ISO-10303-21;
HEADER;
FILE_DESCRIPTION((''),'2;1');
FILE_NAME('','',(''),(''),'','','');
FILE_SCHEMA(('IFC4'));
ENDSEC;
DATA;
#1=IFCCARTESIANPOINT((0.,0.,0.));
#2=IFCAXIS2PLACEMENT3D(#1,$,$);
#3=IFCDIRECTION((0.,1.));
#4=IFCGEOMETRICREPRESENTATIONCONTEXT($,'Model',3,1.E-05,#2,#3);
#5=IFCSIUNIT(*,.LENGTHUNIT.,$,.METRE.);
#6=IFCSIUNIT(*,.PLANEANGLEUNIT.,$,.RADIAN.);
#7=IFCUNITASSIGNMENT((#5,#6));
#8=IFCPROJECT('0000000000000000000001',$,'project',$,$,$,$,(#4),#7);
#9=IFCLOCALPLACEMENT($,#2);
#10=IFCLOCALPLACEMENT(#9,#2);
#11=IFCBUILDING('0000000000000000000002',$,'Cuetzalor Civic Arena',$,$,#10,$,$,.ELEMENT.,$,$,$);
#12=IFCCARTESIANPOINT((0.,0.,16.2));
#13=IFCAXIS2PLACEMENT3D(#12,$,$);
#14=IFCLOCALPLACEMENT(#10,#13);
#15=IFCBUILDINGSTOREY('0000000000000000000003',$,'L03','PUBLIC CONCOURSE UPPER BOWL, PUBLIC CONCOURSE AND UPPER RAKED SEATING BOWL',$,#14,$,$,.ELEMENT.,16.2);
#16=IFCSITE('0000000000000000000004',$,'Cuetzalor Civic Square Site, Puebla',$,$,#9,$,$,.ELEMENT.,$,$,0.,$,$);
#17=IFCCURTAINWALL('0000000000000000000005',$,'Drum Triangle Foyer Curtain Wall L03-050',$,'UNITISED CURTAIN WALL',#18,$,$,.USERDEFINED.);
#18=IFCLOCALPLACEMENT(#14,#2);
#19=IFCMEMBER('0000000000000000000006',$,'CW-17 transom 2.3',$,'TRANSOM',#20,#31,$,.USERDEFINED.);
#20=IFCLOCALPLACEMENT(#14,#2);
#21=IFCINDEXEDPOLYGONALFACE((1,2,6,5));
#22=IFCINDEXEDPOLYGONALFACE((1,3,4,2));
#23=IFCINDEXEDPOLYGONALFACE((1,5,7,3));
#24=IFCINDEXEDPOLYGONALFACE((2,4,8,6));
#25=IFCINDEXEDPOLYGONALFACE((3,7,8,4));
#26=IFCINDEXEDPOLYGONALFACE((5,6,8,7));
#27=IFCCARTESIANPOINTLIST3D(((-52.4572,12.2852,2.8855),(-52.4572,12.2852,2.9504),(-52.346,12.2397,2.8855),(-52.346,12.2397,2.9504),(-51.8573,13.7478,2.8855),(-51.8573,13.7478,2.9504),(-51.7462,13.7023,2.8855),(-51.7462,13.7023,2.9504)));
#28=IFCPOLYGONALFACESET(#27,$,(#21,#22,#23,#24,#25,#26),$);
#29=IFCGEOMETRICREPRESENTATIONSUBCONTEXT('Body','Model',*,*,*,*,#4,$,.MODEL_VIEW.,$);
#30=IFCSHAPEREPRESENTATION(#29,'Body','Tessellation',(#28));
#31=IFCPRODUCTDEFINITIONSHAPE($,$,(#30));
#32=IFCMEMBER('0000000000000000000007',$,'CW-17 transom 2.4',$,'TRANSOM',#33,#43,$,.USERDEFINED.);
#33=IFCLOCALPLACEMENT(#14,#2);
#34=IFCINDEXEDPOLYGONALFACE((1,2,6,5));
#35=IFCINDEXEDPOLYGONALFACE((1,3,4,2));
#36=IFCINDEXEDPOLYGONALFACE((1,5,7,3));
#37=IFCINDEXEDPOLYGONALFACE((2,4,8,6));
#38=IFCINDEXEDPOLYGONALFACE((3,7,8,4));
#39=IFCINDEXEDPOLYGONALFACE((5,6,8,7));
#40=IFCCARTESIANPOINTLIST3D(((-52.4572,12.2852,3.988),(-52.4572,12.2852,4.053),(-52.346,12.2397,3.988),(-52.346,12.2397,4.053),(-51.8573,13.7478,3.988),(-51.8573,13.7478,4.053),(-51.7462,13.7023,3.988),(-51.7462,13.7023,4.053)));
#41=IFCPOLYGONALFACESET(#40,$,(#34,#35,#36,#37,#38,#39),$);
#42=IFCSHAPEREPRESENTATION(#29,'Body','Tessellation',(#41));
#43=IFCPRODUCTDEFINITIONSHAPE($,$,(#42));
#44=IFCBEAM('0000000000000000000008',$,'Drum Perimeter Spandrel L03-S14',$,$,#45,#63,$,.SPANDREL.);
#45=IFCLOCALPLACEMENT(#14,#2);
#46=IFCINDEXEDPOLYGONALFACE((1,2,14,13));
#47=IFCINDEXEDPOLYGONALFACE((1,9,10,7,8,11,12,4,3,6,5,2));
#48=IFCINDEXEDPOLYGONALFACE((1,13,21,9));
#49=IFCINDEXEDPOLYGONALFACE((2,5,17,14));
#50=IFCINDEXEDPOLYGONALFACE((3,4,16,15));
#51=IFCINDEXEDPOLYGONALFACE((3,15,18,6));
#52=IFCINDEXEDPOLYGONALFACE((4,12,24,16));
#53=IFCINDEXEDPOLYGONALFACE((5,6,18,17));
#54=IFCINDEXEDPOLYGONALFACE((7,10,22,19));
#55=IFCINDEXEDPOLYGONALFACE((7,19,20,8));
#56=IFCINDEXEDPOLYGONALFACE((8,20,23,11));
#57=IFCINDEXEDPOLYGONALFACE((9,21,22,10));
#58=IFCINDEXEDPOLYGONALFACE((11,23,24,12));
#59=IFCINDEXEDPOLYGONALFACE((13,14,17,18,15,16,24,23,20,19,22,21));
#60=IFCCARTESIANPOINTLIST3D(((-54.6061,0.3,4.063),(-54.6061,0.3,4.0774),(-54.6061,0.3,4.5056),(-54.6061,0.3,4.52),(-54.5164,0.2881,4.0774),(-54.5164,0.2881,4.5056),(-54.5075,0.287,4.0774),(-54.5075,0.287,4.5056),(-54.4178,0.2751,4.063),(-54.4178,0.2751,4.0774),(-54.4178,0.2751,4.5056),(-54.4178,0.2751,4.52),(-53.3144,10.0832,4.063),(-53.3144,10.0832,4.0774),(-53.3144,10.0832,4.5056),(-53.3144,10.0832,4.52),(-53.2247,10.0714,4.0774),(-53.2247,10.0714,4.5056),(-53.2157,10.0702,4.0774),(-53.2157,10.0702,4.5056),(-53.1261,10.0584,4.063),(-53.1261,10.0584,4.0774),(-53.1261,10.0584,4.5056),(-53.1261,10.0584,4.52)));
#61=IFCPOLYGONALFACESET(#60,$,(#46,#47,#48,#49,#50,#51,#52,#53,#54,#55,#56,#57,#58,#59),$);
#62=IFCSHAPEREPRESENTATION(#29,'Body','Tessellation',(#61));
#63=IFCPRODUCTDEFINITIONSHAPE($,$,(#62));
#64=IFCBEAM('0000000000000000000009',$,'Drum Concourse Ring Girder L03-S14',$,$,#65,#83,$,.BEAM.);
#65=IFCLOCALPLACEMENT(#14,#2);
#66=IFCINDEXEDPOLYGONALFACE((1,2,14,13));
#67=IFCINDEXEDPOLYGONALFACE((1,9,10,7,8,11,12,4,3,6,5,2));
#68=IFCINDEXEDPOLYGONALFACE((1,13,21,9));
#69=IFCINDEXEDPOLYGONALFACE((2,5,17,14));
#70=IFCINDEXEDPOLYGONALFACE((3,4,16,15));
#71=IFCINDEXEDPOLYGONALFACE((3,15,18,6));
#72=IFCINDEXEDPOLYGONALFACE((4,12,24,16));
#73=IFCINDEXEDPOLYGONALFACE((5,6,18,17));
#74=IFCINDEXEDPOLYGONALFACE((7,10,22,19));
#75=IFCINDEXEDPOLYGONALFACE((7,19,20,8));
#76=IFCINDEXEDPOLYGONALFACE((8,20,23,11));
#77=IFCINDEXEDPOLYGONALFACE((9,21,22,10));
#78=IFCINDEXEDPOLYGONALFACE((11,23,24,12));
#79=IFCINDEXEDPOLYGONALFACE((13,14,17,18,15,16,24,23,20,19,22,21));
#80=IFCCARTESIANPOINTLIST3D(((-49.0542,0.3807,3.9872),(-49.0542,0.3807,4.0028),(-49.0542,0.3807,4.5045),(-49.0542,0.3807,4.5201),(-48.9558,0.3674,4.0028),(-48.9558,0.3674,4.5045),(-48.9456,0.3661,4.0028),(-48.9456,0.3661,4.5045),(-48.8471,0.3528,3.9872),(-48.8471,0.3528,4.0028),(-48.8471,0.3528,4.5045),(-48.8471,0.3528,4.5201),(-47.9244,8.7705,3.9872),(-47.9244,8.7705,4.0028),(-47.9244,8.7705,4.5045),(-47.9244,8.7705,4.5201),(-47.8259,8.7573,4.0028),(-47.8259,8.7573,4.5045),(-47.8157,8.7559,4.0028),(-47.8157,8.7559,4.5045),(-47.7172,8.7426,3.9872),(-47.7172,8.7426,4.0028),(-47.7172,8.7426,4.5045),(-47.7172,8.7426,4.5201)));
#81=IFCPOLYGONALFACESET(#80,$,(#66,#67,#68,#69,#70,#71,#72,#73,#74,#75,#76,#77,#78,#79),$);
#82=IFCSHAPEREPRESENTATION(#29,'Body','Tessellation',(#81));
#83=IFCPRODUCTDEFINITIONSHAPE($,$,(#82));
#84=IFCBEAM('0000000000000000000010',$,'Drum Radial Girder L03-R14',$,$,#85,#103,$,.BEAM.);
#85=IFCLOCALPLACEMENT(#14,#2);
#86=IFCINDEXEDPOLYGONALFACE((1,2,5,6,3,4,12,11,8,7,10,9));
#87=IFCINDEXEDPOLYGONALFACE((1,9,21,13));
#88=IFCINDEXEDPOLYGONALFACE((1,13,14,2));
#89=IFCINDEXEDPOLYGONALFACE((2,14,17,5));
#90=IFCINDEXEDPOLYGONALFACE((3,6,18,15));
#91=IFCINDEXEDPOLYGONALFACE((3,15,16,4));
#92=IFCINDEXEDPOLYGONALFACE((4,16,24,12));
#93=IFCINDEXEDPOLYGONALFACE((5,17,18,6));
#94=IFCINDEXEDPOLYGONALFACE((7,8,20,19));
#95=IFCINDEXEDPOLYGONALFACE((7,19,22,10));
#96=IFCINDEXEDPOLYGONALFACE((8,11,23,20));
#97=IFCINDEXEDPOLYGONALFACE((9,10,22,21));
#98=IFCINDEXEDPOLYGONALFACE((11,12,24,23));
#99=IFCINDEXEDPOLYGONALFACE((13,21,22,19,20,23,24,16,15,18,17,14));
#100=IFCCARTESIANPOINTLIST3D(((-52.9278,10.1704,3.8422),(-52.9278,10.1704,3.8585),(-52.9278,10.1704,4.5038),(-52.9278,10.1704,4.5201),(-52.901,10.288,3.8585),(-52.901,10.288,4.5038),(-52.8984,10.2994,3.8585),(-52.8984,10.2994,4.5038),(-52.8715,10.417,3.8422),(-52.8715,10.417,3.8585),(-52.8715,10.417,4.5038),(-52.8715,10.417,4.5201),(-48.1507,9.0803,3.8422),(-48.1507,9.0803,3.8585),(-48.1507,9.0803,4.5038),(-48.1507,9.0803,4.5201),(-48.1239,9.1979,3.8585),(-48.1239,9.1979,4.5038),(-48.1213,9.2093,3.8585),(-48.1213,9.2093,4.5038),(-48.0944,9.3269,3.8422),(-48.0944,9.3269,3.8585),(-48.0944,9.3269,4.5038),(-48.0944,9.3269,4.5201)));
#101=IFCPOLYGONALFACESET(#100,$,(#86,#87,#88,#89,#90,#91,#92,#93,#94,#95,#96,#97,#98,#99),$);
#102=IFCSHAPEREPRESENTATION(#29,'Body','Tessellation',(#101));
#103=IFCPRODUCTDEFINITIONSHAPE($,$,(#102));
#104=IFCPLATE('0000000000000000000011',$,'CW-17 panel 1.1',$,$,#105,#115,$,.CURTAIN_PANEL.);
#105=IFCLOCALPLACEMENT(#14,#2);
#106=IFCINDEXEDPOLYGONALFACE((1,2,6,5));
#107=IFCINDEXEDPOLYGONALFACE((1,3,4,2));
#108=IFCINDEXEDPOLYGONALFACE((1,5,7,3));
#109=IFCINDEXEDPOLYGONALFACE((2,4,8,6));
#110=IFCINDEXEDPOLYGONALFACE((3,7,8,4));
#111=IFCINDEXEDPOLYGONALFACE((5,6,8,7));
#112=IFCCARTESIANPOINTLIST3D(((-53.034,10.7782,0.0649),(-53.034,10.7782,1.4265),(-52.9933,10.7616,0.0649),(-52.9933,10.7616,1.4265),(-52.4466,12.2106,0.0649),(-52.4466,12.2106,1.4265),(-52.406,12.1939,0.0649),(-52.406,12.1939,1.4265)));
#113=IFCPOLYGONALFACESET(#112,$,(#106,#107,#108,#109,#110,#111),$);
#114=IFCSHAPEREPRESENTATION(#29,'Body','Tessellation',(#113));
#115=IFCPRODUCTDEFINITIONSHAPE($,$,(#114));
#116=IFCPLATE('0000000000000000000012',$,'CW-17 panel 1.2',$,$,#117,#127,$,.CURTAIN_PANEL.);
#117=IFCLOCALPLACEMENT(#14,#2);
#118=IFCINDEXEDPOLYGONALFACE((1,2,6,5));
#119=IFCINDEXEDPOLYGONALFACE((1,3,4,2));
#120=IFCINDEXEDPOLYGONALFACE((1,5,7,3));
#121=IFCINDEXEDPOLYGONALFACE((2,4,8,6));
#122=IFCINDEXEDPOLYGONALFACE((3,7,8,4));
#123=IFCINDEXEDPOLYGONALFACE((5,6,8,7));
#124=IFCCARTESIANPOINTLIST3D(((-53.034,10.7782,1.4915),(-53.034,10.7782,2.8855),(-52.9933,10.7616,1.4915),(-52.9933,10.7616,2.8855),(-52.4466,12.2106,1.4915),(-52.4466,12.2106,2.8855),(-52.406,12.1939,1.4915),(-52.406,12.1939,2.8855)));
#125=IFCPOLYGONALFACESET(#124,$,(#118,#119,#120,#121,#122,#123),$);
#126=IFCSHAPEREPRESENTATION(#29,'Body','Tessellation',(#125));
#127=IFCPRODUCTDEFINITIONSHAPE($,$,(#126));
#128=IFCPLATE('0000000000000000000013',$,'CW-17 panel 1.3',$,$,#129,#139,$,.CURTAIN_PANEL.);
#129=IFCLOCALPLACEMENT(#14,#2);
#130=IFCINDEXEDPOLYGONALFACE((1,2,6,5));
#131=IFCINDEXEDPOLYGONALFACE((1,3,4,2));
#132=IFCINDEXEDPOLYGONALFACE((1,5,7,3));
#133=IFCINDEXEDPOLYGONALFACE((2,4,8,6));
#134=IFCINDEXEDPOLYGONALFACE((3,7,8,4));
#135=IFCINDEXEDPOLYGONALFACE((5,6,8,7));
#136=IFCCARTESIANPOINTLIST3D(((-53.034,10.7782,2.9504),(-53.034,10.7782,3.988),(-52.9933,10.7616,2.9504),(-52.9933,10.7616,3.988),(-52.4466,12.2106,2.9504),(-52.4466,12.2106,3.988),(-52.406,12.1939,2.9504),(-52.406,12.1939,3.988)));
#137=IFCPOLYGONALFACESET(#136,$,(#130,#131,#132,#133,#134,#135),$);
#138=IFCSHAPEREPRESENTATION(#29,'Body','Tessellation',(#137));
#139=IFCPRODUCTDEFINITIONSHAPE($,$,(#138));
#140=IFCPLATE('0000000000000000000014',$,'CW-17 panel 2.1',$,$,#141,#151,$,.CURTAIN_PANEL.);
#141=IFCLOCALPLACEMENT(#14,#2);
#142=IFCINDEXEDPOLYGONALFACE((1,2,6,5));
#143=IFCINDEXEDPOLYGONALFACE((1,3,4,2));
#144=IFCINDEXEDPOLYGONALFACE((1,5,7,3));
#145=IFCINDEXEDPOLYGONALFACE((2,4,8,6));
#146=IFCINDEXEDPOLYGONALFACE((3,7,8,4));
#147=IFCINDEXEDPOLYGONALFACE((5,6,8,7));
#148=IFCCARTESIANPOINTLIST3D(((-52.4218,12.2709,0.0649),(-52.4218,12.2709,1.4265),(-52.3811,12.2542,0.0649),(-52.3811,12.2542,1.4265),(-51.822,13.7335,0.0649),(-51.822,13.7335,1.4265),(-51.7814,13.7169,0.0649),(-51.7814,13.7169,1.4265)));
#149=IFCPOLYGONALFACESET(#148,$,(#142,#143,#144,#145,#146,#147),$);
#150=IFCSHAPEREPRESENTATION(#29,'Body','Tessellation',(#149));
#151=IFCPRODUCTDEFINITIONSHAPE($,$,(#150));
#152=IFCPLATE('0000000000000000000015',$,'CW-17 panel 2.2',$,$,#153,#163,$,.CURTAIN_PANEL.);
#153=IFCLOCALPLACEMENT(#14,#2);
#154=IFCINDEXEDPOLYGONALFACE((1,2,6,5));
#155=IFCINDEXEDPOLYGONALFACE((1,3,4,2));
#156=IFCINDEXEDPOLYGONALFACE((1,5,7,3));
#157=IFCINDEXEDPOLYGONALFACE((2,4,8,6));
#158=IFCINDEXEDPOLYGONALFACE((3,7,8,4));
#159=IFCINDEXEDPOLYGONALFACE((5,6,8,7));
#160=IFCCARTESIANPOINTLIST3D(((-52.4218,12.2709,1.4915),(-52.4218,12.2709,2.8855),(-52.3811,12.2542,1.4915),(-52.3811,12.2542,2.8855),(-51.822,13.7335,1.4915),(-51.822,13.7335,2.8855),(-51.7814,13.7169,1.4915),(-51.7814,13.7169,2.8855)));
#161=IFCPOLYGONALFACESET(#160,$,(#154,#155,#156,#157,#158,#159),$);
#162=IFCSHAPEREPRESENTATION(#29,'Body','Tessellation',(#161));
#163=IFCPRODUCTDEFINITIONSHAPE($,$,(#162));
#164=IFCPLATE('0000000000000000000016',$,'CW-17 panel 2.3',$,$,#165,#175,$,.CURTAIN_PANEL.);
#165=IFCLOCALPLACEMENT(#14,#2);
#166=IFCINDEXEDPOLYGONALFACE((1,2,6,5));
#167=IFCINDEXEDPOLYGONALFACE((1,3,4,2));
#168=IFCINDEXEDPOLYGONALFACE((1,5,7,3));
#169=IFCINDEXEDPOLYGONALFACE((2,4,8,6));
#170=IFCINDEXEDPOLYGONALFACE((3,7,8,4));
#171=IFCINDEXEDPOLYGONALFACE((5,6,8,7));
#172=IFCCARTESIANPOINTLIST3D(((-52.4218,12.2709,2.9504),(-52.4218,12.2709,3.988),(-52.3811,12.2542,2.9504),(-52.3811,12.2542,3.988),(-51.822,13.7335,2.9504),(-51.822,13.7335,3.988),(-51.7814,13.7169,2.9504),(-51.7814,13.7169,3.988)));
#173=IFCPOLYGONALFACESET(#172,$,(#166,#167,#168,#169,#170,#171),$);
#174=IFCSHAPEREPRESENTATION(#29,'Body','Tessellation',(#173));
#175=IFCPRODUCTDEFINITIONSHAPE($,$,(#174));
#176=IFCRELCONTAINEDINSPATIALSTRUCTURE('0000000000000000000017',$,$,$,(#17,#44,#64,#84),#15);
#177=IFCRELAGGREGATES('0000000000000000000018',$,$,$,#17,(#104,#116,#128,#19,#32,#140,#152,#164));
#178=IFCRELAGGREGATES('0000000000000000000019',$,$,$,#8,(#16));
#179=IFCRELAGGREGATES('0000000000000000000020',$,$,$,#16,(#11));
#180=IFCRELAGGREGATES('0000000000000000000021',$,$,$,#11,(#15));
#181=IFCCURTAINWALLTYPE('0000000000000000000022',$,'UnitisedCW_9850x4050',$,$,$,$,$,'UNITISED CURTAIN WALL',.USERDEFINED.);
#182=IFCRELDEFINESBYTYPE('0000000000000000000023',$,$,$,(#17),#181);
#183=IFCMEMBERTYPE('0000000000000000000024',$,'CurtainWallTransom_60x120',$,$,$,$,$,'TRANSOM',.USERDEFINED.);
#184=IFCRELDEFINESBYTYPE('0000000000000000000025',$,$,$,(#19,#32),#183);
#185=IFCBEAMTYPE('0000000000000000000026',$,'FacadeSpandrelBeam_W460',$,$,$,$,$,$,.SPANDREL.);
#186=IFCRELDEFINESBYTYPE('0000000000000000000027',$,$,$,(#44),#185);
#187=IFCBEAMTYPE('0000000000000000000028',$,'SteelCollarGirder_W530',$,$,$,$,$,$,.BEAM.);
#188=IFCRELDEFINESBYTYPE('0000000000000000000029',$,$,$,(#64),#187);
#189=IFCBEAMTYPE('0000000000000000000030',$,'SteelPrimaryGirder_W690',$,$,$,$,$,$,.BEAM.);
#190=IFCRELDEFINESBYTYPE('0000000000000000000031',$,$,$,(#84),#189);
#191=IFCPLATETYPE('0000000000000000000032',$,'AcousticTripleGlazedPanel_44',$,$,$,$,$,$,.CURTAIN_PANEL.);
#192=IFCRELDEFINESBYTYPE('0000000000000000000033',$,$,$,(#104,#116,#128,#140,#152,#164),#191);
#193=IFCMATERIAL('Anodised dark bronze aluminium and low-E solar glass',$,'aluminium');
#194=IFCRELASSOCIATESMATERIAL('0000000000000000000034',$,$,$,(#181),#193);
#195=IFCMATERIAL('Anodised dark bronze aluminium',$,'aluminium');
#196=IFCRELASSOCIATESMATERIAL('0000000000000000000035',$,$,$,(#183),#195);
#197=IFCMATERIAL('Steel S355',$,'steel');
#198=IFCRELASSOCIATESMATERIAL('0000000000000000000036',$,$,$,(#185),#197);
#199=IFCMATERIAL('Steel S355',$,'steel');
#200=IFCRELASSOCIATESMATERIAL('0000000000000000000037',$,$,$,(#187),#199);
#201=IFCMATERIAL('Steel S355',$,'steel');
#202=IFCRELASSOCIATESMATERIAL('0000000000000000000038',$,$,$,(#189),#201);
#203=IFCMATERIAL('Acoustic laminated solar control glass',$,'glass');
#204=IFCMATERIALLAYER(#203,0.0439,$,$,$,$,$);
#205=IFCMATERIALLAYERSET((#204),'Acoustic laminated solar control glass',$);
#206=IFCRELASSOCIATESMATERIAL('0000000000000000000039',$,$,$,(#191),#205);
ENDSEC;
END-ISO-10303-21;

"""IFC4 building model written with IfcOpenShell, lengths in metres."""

from ifc_helpers import new_model, si_unit, direction, frame, origin, origin_2d, place, context, subcontext, project, spatial, rectangle, i_section, extrude, material, layer, layer_set, material_profile, profile_set, type_object, element, aggregate, save


model = new_model("IFC4")

# Units and contexts
model_context = context("Model", 3, precision=1e-05, world=origin(), true_north=direction((0.0, 1.0)))
body_context = subcontext(model_context, "Body", "Model", "MODEL_VIEW")
ifc_project = project(units=[si_unit("LENGTHUNIT", "METRE"), si_unit("PLANEANGLEUNIT", "RADIAN")], contexts=[model_context])

# Site, building, storey
site_placement = place(None, origin())
site = spatial("IfcSite", under=ifc_project, at=site_placement, Name="Cuetzalor Civic Square Site, Puebla", CompositionType="ELEMENT", RefElevation=0.0)
building_placement = place(site_placement, origin())
building = spatial("IfcBuilding", under=site, at=building_placement, Name="Cuetzalor Civic Arena", CompositionType="ELEMENT")
storey_placement = place(building_placement, frame((0.0, 0.0, 16.2)))
storey = spatial("IfcBuildingStorey", under=building, at=storey_placement, Name="L03", Description="PUBLIC CONCOURSE UPPER BOWL, PUBLIC CONCOURSE AND UPPER RAKED SEATING BOWL", CompositionType="ELEMENT", Elevation=16.2)

# Curtain wall, members
ifc_material_1 = material(Name="Anodised dark bronze aluminium and low-E solar glass", Category="aluminium")
curtain_wall_type = type_object("IfcCurtainWallType", Name="UnitisedCW_9850x4050", ElementType="UNITISED CURTAIN WALL", PredefinedType="USERDEFINED", material=ifc_material_1)
curtain_wall_placement = place(storey_placement, origin())
curtain_wall = element("IfcCurtainWall", 1, at=curtain_wall_placement, inside=storey, type_object=curtain_wall_type, Name="Drum Triangle Foyer Curtain Wall L03-050", ObjectType="UNITISED CURTAIN WALL", PredefinedType="USERDEFINED")
ifc_material_2 = material(Name="Anodised dark bronze aluminium", Category="aluminium")
ifc_material_profile_1 = material_profile(ifc_material_2, rectangle(XDim=0.1201, YDim=0.0649, at=origin_2d()), Name="ALU TRANSOM 65x120")
ifc_profile_set_1 = profile_set([ifc_material_profile_1], Name="Anodised dark bronze aluminium")
member_type_1 = type_object("IfcMemberType", Name="CurtainWallTransom_60x120", ElementType="TRANSOM", PredefinedType="USERDEFINED", material=ifc_profile_set_1)
member_1_placement = place(storey_placement, frame((-52.4016, 12.2625, 2.918), z_axis=(0.379445, 0.925214, 0.0), x_axis=(-0.925214, 0.379445, 0.0)))
member_1 = element("IfcMember", 2, at=member_1_placement, type_object=member_type_1, Name="CW-17 transom 2.3", ObjectType="TRANSOM", PredefinedType="USERDEFINED", context=body_context, shape_type="SweptSolid", body=[
    extrude(rectangle(XDim=0.1201, YDim=0.0649, at=origin_2d()), origin(), (0.0, 0.0, 1.0), 1.5808),
])
member_2_placement = place(storey_placement, frame((-52.4016, 12.2625, 4.0205), z_axis=(0.379445, 0.925214, 0.0), x_axis=(-0.925214, 0.379445, 0.0)))
member_2 = element("IfcMember", 3, at=member_2_placement, type_object=member_type_1, Name="CW-17 transom 2.4", ObjectType="TRANSOM", PredefinedType="USERDEFINED", context=body_context, shape_type="SweptSolid", body=[
    extrude(rectangle(XDim=0.1201, YDim=0.0649, at=origin_2d()), origin(), (0.0, 0.0, 1.0), 1.5808),
])

# Beams
ifc_material_3 = material(Name="Steel S355", Category="steel")
ifc_material_profile_2 = material_profile(ifc_material_3, i_section(OverallWidth=0.1899, OverallDepth=0.457, WebThickness=0.009, FlangeThickness=0.0144, at=origin_2d()), Name="W460x74")
ifc_profile_set_2 = profile_set([ifc_material_profile_2], Name="Steel S355")
beam_type_1 = type_object("IfcBeamType", Name="FacadeSpandrelBeam_W460", PredefinedType="SPANDREL", material=ifc_profile_set_2)
beam_1_placement = place(storey_placement, frame((-53.2202, 10.0708, 4.2915), z_axis=(-0.130901, -0.991395, 0.0), x_axis=(0.991395, -0.130901, 0.0)))
element("IfcBeam", 4, at=beam_1_placement, inside=storey, type_object=beam_type_1, Name="Drum Perimeter Spandrel L03-S14", PredefinedType="SPANDREL", context=body_context, shape_type="SweptSolid", body=[
    extrude(i_section(OverallWidth=0.1899, OverallDepth=0.457, WebThickness=0.009, FlangeThickness=0.0144, at=origin_2d()), origin(), (0.0, 0.0, 1.0), 9.8682),
])
ifc_material_4 = material(Name="Steel S355", Category="steel")
ifc_material_profile_3 = material_profile(ifc_material_4, i_section(OverallWidth=0.209, OverallDepth=0.533, WebThickness=0.0103, FlangeThickness=0.0156, at=origin_2d()), Name="W530x92")
ifc_profile_set_3 = profile_set([ifc_material_profile_3], Name="Steel S355")
beam_type_2 = type_object("IfcBeamType", Name="SteelCollarGirder_W530", PredefinedType="BEAM", material=ifc_profile_set_3)
beam_2_placement = place(storey_placement, frame((-47.8208, 8.7566, 4.2537), z_axis=(-0.133467, -0.991053, 0.0), x_axis=(0.991053, -0.133467, 0.0)))
element("IfcBeam", 5, at=beam_2_placement, inside=storey, type_object=beam_type_2, Name="Drum Concourse Ring Girder L03-S14", PredefinedType="BEAM", context=body_context, shape_type="SweptSolid", body=[
    extrude(i_section(OverallWidth=0.209, OverallDepth=0.533, WebThickness=0.0103, FlangeThickness=0.0156, at=origin_2d()), origin(), (0.0, 0.0, 1.0), 8.4656),
])
ifc_material_5 = material(Name="Steel S355", Category="steel")
ifc_material_profile_4 = material_profile(ifc_material_5, i_section(OverallWidth=0.2529, OverallDepth=0.678, WebThickness=0.0117, FlangeThickness=0.0164, at=origin_2d()), Name="W690x125")
ifc_profile_set_4 = profile_set([ifc_material_profile_4], Name="Steel S355")
beam_type_3 = type_object("IfcBeamType", Name="SteelPrimaryGirder_W690", PredefinedType="BEAM", material=ifc_profile_set_4)
beam_3_placement = place(storey_placement, frame((-48.1226, 9.2036, 4.1812), z_axis=(-0.974939, 0.222472, 0.0), x_axis=(-0.222472, -0.974939, 0.0)))
element("IfcBeam", 6, at=beam_3_placement, inside=storey, type_object=beam_type_3, Name="Drum Radial Girder L03-R14", PredefinedType="BEAM", context=body_context, shape_type="SweptSolid", body=[
    extrude(i_section(OverallWidth=0.2529, OverallDepth=0.678, WebThickness=0.0117, FlangeThickness=0.0164, at=origin_2d()), origin(), (0.0, 0.0, 1.0), 4.8999),
])

# Plates
ifc_material_6 = material(Name="Acoustic laminated solar control glass", Category="glass")
ifc_layer_1 = layer(ifc_material_6, 0.0439)
ifc_layer_set_1 = layer_set([ifc_layer_1], Name="Acoustic laminated solar control glass")
plate_type = type_object("IfcPlateType", Name="AcousticTripleGlazedPanel_44", PredefinedType="CURTAIN_PANEL", material=ifc_layer_set_1)
plate_1_placement = place(storey_placement, frame((-52.72, 11.4861, 0.0649), z_axis=(0.0, 0.0, 1.0), x_axis=(0.379391, 0.925236, 0.0)))
plate_1 = element("IfcPlate", 7, at=plate_1_placement, type_object=plate_type, Name="CW-17 panel 1.1", PredefinedType="CURTAIN_PANEL", context=body_context, shape_type="SweptSolid", body=[
    extrude(rectangle(XDim=1.5481, YDim=0.0439, at=origin_2d()), origin(), (0.0, 0.0, 1.0), 1.3616),
])
plate_2_placement = place(storey_placement, frame((-52.72, 11.4861, 1.4915), z_axis=(0.0, 0.0, 1.0), x_axis=(0.379391, 0.925236, 0.0)))
plate_2 = element("IfcPlate", 8, at=plate_2_placement, type_object=plate_type, Name="CW-17 panel 1.2", PredefinedType="CURTAIN_PANEL", context=body_context, shape_type="SweptSolid", body=[
    extrude(rectangle(XDim=1.5481, YDim=0.0439, at=origin_2d()), origin(), (0.0, 0.0, 1.0), 1.394),
])
plate_3_placement = place(storey_placement, frame((-52.72, 11.4861, 2.9504), z_axis=(0.0, 0.0, 1.0), x_axis=(0.379391, 0.925236, 0.0)))
plate_3 = element("IfcPlate", 9, at=plate_3_placement, type_object=plate_type, Name="CW-17 panel 1.3", PredefinedType="CURTAIN_PANEL", context=body_context, shape_type="SweptSolid", body=[
    extrude(rectangle(XDim=1.5481, YDim=0.0439, at=origin_2d()), origin(), (0.0, 0.0, 1.0), 1.0376),
])
plate_4_placement = place(storey_placement, frame((-52.1016, 12.9939, 0.0649), z_axis=(0.0, 0.0, 1.0), x_axis=(0.379391, 0.925236, 0.0)))
plate_4 = element("IfcPlate", 10, at=plate_4_placement, type_object=plate_type, Name="CW-17 panel 2.1", PredefinedType="CURTAIN_PANEL", context=body_context, shape_type="SweptSolid", body=[
    extrude(rectangle(XDim=1.5808, YDim=0.0439, at=origin_2d()), origin(), (0.0, 0.0, 1.0), 1.3616),
])
plate_5_placement = place(storey_placement, frame((-52.1016, 12.9939, 1.4915), z_axis=(0.0, 0.0, 1.0), x_axis=(0.379391, 0.925236, 0.0)))
plate_5 = element("IfcPlate", 11, at=plate_5_placement, type_object=plate_type, Name="CW-17 panel 2.2", PredefinedType="CURTAIN_PANEL", context=body_context, shape_type="SweptSolid", body=[
    extrude(rectangle(XDim=1.5808, YDim=0.0439, at=origin_2d()), origin(), (0.0, 0.0, 1.0), 1.394),
])
plate_6_placement = place(storey_placement, frame((-52.1016, 12.9939, 2.9504), z_axis=(0.0, 0.0, 1.0), x_axis=(0.379391, 0.925236, 0.0)))
plate_6 = element("IfcPlate", 12, at=plate_6_placement, type_object=plate_type, Name="CW-17 panel 2.3", PredefinedType="CURTAIN_PANEL", context=body_context, shape_type="SweptSolid", body=[
    extrude(rectangle(XDim=1.5808, YDim=0.0439, at=origin_2d()), origin(), (0.0, 0.0, 1.0), 1.0376),
])
aggregate(curtain_wall, [plate_1, plate_2, plate_3, member_1, member_2, plate_4, plate_5, plate_6])

save(model, "model.ifc")
